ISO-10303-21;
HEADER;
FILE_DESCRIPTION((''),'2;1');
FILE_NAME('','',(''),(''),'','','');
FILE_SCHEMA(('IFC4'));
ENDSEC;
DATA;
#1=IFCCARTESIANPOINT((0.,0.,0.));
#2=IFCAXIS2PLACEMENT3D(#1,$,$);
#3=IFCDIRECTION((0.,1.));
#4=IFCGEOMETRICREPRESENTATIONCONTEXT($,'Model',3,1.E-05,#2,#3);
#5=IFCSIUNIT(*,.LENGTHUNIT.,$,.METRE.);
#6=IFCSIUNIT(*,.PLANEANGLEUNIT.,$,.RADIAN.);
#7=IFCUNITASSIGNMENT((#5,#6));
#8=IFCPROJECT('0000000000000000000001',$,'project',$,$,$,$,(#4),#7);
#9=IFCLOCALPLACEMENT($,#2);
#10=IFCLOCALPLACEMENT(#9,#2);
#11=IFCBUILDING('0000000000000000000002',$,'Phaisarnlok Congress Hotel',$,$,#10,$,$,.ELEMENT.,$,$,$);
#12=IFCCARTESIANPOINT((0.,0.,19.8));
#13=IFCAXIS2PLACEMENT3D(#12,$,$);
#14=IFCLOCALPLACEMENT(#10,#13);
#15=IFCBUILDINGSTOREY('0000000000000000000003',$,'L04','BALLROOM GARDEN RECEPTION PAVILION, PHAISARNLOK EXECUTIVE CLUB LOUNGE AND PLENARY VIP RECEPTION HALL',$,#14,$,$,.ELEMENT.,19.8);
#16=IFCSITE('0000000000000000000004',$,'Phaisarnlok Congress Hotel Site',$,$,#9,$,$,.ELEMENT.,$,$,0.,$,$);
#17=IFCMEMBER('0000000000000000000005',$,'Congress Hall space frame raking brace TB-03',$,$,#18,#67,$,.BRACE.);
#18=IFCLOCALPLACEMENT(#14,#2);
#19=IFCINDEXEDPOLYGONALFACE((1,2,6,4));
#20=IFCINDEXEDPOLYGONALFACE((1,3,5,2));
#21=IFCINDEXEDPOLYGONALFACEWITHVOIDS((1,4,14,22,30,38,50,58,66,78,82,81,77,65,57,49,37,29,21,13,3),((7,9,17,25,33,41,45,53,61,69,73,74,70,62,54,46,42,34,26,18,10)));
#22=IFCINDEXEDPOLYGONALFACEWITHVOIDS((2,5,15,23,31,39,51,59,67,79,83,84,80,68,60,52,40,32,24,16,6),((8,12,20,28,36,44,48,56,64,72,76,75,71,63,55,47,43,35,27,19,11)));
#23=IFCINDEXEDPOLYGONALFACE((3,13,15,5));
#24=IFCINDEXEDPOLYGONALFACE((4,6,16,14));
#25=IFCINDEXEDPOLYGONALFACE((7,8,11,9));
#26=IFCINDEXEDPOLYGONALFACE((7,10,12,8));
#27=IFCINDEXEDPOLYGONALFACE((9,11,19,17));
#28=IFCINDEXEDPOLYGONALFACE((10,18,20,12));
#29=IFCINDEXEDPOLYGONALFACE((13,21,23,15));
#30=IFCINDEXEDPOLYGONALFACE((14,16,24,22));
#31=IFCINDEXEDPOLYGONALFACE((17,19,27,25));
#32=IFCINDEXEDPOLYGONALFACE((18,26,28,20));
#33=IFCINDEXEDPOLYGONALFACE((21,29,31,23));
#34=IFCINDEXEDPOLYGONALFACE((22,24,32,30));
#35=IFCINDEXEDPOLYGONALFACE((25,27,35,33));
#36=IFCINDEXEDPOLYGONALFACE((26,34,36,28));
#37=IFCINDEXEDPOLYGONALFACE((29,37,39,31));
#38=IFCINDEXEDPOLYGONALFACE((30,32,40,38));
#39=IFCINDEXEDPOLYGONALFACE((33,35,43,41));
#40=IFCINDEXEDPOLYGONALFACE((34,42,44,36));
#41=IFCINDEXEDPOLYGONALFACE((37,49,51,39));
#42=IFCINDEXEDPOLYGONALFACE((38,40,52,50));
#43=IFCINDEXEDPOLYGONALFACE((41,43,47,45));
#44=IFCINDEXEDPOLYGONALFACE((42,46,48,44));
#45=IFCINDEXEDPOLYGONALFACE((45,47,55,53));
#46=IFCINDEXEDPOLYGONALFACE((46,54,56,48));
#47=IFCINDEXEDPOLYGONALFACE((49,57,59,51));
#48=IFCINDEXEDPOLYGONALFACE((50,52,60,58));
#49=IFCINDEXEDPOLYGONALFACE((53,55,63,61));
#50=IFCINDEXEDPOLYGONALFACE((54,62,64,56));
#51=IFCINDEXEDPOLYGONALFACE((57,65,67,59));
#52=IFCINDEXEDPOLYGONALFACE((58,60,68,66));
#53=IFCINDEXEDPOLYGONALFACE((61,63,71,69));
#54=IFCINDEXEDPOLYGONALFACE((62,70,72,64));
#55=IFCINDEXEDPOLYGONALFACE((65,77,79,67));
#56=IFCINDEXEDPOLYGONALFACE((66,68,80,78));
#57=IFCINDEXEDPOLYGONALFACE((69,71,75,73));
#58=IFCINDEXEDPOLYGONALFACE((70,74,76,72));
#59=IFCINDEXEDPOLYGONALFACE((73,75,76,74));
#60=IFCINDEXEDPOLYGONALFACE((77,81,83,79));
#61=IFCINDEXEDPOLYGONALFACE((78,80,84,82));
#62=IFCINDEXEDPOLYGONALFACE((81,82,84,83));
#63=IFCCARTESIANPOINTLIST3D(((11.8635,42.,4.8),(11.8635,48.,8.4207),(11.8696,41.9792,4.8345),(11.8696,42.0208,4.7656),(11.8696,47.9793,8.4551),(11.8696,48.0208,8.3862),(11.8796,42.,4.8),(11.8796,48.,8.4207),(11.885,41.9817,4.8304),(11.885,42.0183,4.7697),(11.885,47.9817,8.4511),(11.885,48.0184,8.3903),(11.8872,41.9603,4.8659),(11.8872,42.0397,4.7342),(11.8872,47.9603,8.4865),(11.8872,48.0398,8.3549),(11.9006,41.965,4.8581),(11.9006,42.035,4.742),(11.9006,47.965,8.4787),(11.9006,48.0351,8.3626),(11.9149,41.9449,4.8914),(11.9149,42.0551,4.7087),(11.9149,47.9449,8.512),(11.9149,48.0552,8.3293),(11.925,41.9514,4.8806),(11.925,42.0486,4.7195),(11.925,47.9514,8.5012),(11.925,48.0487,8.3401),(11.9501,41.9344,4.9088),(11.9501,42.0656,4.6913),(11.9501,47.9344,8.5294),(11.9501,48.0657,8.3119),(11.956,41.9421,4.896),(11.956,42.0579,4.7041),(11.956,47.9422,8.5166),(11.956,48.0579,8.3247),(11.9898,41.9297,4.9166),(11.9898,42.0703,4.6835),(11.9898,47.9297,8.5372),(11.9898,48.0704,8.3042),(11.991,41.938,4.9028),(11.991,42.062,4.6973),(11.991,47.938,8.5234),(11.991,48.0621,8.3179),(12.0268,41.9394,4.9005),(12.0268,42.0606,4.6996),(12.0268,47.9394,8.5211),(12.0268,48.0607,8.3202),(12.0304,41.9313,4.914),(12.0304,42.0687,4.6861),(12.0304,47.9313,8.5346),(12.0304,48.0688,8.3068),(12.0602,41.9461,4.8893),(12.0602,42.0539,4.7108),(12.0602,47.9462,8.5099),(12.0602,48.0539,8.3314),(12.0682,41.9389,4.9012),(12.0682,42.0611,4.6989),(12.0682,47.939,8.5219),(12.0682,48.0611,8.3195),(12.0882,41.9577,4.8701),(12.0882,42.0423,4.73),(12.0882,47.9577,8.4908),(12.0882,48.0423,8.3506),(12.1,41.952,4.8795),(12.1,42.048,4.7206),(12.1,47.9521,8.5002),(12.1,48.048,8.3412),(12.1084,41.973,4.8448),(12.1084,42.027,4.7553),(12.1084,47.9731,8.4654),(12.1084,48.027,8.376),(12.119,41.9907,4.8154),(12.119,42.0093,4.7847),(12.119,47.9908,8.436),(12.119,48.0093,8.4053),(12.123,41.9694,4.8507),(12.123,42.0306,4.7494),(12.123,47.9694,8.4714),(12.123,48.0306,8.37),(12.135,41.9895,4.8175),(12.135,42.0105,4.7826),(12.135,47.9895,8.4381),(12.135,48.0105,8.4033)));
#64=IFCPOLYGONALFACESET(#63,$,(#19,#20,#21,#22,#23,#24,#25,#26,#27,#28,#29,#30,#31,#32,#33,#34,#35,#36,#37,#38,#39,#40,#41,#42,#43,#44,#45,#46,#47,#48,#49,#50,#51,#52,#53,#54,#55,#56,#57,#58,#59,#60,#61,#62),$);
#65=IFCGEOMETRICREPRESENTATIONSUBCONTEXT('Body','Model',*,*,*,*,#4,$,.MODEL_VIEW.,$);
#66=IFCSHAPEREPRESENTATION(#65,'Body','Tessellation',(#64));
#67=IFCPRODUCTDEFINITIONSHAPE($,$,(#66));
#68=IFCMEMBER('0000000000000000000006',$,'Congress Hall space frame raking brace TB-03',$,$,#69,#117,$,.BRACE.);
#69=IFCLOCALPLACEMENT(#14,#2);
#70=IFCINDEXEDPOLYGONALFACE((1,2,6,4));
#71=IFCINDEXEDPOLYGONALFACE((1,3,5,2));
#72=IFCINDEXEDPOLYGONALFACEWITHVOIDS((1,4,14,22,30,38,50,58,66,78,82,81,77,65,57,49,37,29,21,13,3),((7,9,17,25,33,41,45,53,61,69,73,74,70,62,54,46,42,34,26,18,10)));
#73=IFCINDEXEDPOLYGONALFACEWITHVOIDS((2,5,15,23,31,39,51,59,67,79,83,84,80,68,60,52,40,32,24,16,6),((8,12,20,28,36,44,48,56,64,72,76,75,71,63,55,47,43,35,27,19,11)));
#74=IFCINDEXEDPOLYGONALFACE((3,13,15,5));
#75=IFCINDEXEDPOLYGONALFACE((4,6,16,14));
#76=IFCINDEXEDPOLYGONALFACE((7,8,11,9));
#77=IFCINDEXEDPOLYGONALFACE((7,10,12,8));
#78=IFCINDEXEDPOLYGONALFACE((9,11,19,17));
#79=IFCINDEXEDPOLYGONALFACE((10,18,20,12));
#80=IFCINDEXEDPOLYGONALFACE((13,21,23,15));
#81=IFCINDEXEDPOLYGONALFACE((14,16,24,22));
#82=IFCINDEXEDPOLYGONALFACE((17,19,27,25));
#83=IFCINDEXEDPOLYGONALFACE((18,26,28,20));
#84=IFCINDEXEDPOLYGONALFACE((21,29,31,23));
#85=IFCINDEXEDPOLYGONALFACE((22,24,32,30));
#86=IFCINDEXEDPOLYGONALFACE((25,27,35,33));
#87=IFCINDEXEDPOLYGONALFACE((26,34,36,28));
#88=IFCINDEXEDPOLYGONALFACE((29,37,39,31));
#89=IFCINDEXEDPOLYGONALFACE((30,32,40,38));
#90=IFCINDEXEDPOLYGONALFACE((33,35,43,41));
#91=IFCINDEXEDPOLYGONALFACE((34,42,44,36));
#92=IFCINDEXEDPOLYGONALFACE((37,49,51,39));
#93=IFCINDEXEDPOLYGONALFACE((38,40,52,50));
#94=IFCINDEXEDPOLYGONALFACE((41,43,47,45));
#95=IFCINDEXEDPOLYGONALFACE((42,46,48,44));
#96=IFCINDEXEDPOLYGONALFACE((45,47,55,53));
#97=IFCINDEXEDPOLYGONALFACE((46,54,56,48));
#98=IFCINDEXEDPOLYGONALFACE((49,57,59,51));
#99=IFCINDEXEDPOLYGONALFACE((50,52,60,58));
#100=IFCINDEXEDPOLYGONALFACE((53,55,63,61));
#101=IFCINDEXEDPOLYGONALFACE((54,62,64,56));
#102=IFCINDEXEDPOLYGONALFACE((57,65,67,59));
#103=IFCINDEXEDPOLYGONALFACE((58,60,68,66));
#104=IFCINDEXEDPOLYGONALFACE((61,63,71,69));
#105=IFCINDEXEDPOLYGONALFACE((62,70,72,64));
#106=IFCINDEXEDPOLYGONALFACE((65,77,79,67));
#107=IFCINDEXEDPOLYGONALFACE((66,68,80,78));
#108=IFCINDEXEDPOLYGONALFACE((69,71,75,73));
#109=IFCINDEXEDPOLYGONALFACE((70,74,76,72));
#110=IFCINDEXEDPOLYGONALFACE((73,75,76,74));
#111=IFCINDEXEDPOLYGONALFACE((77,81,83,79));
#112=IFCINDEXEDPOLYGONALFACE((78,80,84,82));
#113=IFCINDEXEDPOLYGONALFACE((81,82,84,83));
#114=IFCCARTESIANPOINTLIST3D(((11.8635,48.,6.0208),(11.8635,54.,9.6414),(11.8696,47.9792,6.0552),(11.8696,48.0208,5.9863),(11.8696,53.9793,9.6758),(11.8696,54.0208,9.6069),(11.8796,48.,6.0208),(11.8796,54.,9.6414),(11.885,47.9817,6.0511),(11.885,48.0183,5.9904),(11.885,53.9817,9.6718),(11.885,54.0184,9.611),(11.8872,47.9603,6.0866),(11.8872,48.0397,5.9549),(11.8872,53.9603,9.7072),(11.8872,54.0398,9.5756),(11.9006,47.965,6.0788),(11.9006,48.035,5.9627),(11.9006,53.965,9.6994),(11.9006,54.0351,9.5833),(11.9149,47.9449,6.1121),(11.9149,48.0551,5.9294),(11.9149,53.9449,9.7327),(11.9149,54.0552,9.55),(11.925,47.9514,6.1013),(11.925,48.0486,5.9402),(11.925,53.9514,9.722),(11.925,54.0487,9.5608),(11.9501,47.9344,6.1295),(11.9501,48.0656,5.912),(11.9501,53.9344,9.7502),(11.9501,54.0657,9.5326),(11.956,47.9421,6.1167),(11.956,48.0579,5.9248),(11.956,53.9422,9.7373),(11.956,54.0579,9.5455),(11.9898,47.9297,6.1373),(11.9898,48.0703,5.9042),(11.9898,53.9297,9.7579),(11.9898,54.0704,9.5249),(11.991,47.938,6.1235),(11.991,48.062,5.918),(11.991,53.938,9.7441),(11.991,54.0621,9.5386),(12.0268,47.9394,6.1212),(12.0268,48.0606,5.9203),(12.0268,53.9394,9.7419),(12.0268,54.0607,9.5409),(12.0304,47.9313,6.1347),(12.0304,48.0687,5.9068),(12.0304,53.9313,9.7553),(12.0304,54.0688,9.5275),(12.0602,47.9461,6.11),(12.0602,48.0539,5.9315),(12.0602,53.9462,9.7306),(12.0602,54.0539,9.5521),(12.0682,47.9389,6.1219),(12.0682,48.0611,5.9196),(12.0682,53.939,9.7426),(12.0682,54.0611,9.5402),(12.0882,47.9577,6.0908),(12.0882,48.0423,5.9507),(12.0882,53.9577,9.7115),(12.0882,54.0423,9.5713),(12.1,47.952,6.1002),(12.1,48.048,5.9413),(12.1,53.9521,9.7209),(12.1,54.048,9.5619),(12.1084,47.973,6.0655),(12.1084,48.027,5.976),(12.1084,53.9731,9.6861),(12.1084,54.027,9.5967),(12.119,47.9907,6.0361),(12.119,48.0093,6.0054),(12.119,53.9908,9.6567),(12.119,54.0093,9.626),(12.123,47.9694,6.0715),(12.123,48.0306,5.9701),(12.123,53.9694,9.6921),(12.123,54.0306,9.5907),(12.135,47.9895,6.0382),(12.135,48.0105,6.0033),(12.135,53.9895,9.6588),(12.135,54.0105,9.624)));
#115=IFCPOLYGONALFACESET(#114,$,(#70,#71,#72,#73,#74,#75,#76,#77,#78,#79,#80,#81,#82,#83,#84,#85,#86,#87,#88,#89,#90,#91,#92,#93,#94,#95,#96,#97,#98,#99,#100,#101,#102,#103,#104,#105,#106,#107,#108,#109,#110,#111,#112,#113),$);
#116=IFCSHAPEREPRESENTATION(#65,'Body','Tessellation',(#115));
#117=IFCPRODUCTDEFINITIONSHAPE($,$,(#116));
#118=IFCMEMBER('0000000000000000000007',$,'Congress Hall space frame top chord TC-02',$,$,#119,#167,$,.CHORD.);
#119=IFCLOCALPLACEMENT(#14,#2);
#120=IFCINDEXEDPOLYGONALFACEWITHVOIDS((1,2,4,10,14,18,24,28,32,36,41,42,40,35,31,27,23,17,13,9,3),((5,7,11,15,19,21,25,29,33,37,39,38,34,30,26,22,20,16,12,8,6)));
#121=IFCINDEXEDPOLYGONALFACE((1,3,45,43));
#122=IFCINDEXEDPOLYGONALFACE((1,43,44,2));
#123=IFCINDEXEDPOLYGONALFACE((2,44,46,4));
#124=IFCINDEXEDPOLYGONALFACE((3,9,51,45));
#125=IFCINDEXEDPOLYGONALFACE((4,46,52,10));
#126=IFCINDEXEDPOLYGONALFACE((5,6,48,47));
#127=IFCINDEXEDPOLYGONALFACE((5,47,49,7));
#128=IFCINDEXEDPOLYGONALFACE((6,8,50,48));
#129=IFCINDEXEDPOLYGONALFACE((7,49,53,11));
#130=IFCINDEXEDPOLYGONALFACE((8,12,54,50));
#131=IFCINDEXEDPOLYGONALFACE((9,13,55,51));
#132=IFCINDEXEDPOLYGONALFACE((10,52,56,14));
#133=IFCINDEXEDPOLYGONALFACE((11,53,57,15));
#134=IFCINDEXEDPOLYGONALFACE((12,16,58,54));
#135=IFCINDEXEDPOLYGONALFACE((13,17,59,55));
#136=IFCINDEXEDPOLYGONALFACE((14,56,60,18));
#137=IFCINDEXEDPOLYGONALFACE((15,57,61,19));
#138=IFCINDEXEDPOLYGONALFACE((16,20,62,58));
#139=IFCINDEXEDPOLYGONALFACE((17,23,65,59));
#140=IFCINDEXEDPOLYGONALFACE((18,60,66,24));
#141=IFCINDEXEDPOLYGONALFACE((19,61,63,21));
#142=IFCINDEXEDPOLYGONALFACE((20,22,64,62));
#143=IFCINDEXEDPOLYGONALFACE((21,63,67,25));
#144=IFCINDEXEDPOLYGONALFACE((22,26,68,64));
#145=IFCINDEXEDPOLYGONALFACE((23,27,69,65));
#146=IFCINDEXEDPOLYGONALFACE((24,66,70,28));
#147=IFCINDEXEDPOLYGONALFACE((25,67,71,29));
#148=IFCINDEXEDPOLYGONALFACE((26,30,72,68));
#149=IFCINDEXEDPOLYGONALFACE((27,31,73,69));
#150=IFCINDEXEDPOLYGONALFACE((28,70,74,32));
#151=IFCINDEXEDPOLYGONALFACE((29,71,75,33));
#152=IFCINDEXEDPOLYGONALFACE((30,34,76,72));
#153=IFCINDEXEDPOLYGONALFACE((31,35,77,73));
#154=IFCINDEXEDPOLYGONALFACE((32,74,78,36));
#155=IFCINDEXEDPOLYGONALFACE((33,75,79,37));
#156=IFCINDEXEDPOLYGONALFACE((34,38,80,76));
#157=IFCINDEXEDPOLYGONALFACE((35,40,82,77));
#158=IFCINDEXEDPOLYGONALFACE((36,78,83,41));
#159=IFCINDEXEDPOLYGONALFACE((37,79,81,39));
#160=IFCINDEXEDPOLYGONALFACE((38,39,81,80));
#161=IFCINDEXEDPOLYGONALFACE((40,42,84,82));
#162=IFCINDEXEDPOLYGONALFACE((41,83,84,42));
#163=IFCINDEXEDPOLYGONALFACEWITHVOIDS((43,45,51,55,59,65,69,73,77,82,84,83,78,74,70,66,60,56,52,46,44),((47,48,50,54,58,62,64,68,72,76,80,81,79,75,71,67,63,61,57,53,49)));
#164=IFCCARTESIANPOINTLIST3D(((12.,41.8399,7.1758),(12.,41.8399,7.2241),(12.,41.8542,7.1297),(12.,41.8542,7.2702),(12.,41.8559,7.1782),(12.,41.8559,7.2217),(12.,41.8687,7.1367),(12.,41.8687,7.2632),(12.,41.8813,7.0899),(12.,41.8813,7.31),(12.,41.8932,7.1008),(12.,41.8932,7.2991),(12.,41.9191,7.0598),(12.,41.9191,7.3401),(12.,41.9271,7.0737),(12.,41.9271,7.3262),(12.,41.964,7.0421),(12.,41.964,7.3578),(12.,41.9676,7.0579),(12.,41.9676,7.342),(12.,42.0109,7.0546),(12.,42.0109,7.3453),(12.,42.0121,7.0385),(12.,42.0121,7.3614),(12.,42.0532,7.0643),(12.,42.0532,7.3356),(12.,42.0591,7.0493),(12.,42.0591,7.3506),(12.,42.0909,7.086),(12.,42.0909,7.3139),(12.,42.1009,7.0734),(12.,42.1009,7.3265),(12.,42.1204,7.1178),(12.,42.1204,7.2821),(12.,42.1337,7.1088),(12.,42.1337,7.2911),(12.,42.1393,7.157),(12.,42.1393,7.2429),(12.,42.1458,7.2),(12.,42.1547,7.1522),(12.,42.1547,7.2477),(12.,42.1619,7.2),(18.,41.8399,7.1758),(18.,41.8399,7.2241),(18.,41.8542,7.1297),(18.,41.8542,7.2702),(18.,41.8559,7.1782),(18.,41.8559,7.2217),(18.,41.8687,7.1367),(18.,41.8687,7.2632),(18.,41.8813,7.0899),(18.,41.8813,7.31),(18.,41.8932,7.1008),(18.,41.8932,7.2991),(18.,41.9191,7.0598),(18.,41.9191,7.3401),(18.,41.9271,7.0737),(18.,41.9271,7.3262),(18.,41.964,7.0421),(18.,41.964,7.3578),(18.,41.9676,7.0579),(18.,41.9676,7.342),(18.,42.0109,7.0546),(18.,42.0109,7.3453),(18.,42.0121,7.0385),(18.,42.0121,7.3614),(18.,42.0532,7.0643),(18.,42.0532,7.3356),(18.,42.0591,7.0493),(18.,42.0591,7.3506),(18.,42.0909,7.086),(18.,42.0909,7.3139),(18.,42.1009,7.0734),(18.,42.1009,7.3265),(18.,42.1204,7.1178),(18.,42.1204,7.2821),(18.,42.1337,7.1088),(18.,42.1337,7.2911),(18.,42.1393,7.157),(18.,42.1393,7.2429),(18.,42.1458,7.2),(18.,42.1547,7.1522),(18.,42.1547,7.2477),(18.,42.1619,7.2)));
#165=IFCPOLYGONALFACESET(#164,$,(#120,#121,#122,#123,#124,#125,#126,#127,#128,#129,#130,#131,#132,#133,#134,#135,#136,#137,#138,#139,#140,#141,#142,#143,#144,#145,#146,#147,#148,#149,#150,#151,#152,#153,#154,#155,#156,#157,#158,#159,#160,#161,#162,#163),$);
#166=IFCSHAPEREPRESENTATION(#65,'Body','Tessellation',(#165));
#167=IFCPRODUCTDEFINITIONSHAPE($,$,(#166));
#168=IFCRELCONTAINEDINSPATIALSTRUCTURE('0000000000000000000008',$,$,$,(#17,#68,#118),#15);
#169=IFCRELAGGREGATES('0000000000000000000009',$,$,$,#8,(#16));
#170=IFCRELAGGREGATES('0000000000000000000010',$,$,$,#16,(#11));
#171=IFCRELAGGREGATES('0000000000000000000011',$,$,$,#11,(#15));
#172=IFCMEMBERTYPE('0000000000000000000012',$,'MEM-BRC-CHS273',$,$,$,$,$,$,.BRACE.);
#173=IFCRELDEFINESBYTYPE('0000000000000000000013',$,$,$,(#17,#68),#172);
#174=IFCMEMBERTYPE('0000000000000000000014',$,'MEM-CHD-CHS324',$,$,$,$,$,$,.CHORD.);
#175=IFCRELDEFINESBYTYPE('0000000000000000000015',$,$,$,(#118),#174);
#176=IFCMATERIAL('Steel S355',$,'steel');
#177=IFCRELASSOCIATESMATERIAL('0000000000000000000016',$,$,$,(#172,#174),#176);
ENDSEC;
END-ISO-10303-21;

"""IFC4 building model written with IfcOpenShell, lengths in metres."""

from ifc_helpers import new_model, si_unit, direction, frame, origin, origin_2d, place, context, subcontext, project, spatial, hollow_circle, extrude, material, material_profile, profile_set, type_object, element, save


model = new_model("IFC4")

# Units and contexts
model_context = context("Model", 3, precision=1e-05, world=origin(), true_north=direction((0.0, 1.0)))
body_context = subcontext(model_context, "Body", "Model", "MODEL_VIEW")
ifc_project = project(units=[si_unit("LENGTHUNIT", "METRE"), si_unit("PLANEANGLEUNIT", "RADIAN")], contexts=[model_context])

# Site, building, storey
site_placement = place(None, origin())
site = spatial("IfcSite", under=ifc_project, at=site_placement, Name="Phaisarnlok Congress Hotel Site", CompositionType="ELEMENT", RefElevation=0.0)
building_placement = place(site_placement, origin())
building = spatial("IfcBuilding", under=site, at=building_placement, Name="Phaisarnlok Congress Hotel", CompositionType="ELEMENT")
storey_placement = place(building_placement, frame((0.0, 0.0, 19.8)))
storey = spatial("IfcBuildingStorey", under=building, at=storey_placement, Name="L04", Description="BALLROOM GARDEN RECEPTION PAVILION, PHAISARNLOK EXECUTIVE CLUB LOUNGE AND PLENARY VIP RECEPTION HALL", CompositionType="ELEMENT", Elevation=19.8)

# Members
ifc_material_1 = material(Name="Steel S355", Category="steel")
ifc_material_profile_1 = material_profile(ifc_material_1, hollow_circle(Radius=0.1365, WallThickness=0.0161, at=origin_2d()), Name="CHS 273x16")
ifc_profile_set_1 = profile_set([ifc_material_profile_1], Name="Steel S355")
member_type_1 = type_object("IfcMemberType", Name="MEM-BRC-CHS273", PredefinedType="BRACE", material=ifc_profile_set_1)
for number, where, z_axis, x_axis, name in (
    (1, (12.0, 42.0, 4.8), (0.0, 0.856193, 0.516656), (-1.0, 0.0, 0.0), "Congress Hall space frame raking brace TB-03"),
    (2, (12.0, 48.0, 6.0208), (0.0, 0.856193, 0.516656), (-1.0, 0.0, 0.0), "Congress Hall space frame raking brace TB-03"),
):
    element("IfcMember", number, at=place(storey_placement, frame(where, z_axis=z_axis, x_axis=x_axis)), inside=storey, type_object=member_type_1, Name=name, PredefinedType="BRACE", context=body_context, shape_type="SweptSolid", body=[
        extrude(hollow_circle(Radius=0.1365, WallThickness=0.0161, at=origin_2d()), origin(), (0.0, 0.0, 1.0), 7.0078),
    ])
ifc_material_profile_2 = material_profile(ifc_material_1, hollow_circle(Radius=0.1619, WallThickness=0.0161, at=origin_2d()), Name="CHS 323.9x16")
ifc_profile_set_2 = profile_set([ifc_material_profile_2], Name="Steel S355")
member_type_2 = type_object("IfcMemberType", Name="MEM-CHD-CHS324", PredefinedType="CHORD", material=ifc_profile_set_2)
member_1_placement = place(storey_placement, frame((12.0, 42.0, 7.2), z_axis=(1.0, 0.0, 0.0), x_axis=(0.0, 1.0, 0.0)))
element("IfcMember", 3, at=member_1_placement, inside=storey, type_object=member_type_2, Name="Congress Hall space frame top chord TC-02", PredefinedType="CHORD", context=body_context, shape_type="SweptSolid", body=[
    extrude(hollow_circle(Radius=0.1619, WallThickness=0.0161, at=origin_2d()), origin(), (0.0, 0.0, 1.0), 6.0),
])

save(model, "model.ifc")
